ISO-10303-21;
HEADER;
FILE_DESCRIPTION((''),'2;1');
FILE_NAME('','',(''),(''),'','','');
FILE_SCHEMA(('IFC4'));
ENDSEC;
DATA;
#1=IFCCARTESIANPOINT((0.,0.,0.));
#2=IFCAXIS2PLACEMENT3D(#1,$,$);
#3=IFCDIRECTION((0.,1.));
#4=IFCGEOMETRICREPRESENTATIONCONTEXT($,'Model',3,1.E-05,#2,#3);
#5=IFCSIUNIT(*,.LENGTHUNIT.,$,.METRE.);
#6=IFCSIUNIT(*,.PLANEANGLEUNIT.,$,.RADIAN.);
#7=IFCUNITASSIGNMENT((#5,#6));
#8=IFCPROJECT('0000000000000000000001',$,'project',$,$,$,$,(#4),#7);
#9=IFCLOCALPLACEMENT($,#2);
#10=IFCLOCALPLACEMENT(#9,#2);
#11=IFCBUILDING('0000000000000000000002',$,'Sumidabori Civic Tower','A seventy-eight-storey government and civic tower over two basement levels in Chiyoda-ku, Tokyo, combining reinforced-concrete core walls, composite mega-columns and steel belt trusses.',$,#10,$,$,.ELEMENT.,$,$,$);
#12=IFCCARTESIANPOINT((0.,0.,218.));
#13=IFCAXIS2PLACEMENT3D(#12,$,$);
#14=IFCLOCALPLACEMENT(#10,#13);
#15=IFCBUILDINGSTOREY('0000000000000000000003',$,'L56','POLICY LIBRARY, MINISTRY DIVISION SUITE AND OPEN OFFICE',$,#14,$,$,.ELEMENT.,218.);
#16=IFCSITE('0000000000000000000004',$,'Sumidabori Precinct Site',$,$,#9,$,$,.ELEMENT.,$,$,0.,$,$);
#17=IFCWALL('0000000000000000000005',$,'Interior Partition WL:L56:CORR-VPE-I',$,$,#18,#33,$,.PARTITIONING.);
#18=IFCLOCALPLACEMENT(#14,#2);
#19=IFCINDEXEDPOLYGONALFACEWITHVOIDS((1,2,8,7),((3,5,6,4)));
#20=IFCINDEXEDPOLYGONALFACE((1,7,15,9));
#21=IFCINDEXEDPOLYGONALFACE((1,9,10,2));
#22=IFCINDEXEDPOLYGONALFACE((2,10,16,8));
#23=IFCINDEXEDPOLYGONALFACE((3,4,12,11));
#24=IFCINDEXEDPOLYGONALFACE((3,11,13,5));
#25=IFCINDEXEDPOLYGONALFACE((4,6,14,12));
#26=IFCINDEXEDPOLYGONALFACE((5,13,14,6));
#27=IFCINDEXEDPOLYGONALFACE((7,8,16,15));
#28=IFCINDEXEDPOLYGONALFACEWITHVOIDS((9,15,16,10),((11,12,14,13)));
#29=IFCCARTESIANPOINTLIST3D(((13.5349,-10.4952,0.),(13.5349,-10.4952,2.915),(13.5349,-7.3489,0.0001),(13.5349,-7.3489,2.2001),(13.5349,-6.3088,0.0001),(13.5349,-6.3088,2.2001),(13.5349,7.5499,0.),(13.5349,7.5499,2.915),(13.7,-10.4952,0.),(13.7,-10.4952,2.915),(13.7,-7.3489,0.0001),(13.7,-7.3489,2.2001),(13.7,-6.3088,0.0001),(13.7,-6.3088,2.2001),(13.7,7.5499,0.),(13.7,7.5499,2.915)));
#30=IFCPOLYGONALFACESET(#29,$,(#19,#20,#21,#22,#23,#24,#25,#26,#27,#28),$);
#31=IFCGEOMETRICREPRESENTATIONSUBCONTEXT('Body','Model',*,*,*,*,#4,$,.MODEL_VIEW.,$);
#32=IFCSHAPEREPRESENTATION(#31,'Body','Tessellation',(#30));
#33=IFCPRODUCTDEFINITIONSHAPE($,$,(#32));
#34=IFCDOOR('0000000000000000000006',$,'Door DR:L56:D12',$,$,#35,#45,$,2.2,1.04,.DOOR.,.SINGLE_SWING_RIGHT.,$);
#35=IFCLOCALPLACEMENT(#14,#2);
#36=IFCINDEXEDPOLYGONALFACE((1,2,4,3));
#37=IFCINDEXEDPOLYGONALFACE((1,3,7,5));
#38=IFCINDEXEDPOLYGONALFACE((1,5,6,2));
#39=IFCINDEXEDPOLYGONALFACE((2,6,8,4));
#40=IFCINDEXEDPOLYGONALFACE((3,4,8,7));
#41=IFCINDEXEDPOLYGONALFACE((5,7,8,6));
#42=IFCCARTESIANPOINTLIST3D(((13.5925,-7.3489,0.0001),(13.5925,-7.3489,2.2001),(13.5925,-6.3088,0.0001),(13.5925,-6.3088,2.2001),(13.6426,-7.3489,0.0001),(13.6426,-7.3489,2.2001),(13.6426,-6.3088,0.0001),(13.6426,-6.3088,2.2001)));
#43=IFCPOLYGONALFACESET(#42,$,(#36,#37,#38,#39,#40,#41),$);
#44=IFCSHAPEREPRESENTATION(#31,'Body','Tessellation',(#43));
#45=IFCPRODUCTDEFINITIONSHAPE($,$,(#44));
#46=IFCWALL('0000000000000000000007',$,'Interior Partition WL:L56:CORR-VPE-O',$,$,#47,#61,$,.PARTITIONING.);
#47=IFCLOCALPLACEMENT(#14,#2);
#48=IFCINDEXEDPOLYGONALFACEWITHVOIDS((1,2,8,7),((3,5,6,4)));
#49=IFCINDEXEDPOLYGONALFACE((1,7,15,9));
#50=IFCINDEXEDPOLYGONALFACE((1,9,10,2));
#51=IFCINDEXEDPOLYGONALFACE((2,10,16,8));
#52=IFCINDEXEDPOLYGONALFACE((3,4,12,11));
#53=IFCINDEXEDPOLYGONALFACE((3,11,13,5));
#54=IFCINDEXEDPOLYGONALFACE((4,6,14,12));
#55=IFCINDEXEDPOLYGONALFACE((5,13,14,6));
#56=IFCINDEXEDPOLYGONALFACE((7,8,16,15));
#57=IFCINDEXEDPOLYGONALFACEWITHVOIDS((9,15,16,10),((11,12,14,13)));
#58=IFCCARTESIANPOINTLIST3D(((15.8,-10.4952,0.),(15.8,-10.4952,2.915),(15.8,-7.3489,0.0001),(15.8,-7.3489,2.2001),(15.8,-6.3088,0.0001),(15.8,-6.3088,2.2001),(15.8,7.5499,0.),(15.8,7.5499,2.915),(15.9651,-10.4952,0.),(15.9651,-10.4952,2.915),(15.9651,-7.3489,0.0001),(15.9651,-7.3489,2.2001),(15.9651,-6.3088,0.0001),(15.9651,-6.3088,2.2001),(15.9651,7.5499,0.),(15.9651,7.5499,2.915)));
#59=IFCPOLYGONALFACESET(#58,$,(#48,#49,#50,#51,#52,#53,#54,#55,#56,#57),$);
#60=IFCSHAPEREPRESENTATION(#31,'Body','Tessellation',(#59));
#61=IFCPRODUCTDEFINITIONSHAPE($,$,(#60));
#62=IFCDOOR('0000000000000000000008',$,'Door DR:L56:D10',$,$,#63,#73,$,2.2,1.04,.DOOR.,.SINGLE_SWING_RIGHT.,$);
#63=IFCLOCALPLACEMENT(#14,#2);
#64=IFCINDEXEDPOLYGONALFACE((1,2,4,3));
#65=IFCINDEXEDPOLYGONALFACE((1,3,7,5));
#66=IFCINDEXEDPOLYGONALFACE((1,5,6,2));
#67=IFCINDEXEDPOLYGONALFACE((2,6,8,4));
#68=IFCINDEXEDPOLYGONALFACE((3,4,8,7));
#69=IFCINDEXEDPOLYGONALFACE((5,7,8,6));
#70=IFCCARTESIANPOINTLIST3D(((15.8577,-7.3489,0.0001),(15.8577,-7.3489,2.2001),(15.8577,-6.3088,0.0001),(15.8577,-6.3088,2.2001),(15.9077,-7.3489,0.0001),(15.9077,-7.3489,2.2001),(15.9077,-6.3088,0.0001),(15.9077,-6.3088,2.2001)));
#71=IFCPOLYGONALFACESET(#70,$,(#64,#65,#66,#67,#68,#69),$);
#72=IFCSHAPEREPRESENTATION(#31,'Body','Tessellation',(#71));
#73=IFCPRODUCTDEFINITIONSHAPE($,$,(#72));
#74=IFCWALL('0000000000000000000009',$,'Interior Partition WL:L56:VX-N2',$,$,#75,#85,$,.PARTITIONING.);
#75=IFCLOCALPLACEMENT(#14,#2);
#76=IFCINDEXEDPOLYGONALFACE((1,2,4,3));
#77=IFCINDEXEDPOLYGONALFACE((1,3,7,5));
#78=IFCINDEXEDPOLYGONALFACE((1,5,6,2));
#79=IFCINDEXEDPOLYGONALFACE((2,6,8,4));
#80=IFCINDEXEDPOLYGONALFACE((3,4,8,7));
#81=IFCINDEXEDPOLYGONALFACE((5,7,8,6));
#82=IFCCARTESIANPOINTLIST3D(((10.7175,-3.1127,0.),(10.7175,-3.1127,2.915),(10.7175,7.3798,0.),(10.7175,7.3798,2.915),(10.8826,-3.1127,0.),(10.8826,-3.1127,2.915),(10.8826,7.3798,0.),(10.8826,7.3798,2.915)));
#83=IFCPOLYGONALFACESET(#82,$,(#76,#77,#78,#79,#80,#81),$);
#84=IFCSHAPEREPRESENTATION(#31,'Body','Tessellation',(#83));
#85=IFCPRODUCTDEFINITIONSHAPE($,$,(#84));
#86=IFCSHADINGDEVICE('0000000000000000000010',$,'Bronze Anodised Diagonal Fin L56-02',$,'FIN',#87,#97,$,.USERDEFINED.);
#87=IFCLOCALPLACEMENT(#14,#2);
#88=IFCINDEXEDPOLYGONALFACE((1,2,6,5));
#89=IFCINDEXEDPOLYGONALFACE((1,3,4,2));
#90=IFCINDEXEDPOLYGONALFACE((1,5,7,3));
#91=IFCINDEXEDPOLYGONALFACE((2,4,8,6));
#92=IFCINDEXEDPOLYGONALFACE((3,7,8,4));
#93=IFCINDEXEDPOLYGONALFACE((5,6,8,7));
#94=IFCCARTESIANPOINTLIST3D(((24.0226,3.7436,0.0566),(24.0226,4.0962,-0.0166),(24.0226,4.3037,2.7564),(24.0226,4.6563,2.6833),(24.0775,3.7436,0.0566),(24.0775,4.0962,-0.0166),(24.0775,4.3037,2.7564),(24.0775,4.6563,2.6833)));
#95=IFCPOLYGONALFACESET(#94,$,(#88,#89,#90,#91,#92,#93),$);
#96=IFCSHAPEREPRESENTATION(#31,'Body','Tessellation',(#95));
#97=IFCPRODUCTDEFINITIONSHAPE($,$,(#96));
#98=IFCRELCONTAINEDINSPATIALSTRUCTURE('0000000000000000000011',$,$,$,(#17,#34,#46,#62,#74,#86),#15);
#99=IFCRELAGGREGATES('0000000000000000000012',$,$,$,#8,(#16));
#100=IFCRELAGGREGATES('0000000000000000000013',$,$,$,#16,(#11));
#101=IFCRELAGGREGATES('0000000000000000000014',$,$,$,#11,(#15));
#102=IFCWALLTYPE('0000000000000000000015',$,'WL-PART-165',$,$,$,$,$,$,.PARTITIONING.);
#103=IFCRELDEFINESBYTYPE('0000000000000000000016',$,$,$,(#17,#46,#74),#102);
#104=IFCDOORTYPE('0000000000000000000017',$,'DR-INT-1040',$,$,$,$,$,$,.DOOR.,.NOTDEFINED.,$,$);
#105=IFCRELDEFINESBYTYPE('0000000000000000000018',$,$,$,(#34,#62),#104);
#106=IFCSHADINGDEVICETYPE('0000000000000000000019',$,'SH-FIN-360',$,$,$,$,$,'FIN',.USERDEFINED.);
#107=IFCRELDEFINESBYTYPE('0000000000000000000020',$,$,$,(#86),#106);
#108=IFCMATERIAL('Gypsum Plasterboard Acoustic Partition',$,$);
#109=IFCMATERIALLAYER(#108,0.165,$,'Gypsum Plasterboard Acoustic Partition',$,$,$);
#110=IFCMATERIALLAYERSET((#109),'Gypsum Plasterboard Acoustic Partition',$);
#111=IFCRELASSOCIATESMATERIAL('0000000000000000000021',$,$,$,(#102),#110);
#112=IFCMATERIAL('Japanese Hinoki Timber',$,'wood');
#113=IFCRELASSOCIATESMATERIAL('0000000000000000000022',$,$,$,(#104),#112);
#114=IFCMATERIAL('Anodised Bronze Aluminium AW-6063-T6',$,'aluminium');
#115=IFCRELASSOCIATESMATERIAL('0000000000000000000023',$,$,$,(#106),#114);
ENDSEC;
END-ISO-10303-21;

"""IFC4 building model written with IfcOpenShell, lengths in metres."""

from ifc_helpers import new_model, si_unit, direction, frame, frame_2d, origin, origin_2d, place, context, subcontext, project, spatial, rectangle, extrude, source, transform, mapped, material, layer, layer_set, material_profile, profile_set, type_object, element, fill, save


model = new_model("IFC4")

# Units and contexts
model_context = context("Model", 3, precision=1e-05, world=origin(), true_north=direction((0.0, 1.0)))
body_context = subcontext(model_context, "Body", "Model", "MODEL_VIEW")
ifc_project = project(units=[si_unit("LENGTHUNIT", "METRE"), si_unit("PLANEANGLEUNIT", "RADIAN")], contexts=[model_context])

# Site, building, storey
site_placement = place(None, origin())
site = spatial("IfcSite", under=ifc_project, at=site_placement, Name="Sumidabori Precinct Site", CompositionType="ELEMENT", RefElevation=0.0)
building_placement = place(site_placement, origin())
building = spatial("IfcBuilding", under=site, at=building_placement, Name="Sumidabori Civic Tower", Description="A seventy-eight-storey government and civic tower over two basement levels in Chiyoda-ku, Tokyo, combining reinforced-concrete core walls, composite mega-columns and steel belt trusses.", CompositionType="ELEMENT")
storey_placement = place(building_placement, frame((0.0, 0.0, 218.0)))
storey = spatial("IfcBuildingStorey", under=building, at=storey_placement, Name="L56", Description="POLICY LIBRARY, MINISTRY DIVISION SUITE AND OPEN OFFICE", CompositionType="ELEMENT", Elevation=218.0)

# Shared definitions
ifc_material_1 = material(Name="Anodised Bronze Aluminium AW-6063-T6", Category="aluminium")

# Shared definitions
ifc_material_2 = material(Name="Gypsum Plasterboard Acoustic Partition")
ifc_layer_1 = layer(ifc_material_2, 0.165, Name="Gypsum Plasterboard Acoustic Partition")
ifc_layer_set_1 = layer_set([ifc_layer_1], Name="Gypsum Plasterboard Acoustic Partition")
wall_type = type_object("IfcWallType", Name="WL-PART-165", PredefinedType="PARTITIONING", material=ifc_layer_set_1)

# Walls, openings, doors
shared_shape_1 = source(origin(), body_context, "Body", "SweptSolid", [
    extrude(rectangle(XDim=18.0452, YDim=0.165, at=frame_2d((9.0225, 0.0))), origin(), (0.0, 0.0, 1.0), 2.915),
])
wall_1_placement = place(storey_placement, frame((13.6174, -10.4951, 0.0), z_axis=(0.0, 0.0, 1.0), x_axis=(0.0, 1.0, 0.0)))
wall_1 = element("IfcWall", 1, at=wall_1_placement, inside=storey, type_object=wall_type, Name="Interior Partition WL:L56:CORR-VPE-I", PredefinedType="PARTITIONING", context=body_context, shape_type="MappedRepresentation", body=[
    mapped(shared_shape_1, transform((0.0, 0.0, 0.0), x_axis=(1.0, 0.0, 0.0), y_axis=(0.0, 1.0, 0.0), z_axis=(0.0, 0.0, 1.0), scale=1.0)),
])
opening_1_placement = place(wall_1_placement, frame((3.1462, 0.0, 0.0)))
opening_1 = element("IfcOpeningElement", 2, at=opening_1_placement, cuts=wall_1, PredefinedType="OPENING", context=body_context, shape_type="SweptSolid", body=[
    extrude(rectangle(XDim=1.04, YDim=2.2, at=frame_2d((0.52, 1.1001))), frame((0.0, 0.0945, 0.0), z_axis=(0.0, -1.0, 0.0), x_axis=(1.0, 0.0, 0.0)), (0.0, 0.0, 1.0), 0.189),
])
ifc_material_3 = material(Name="Japanese Hinoki Timber", Category="wood")
door_type = type_object("IfcDoorType", Name="DR-INT-1040", OperationType="NOTDEFINED", PredefinedType="DOOR", material=ifc_material_3)
shared_shape_2 = source(origin(), body_context, "Body", "SweptSolid", [
    extrude(rectangle(XDim=1.04, YDim=2.2, at=frame_2d((0.52, 1.1001))), frame((0.0, 0.0249, 0.0), z_axis=(0.0, -1.0, 0.0), x_axis=(1.0, 0.0, 0.0)), (0.0, 0.0, 1.0), 0.05),
])
door_1_placement = place(opening_1_placement, origin())
door_1 = element("IfcDoor", 3, at=door_1_placement, inside=storey, type_object=door_type, Name="Door DR:L56:D12", OperationType="SINGLE_SWING_RIGHT", OverallHeight=2.2, OverallWidth=1.04, PredefinedType="DOOR", context=body_context, shape_type="MappedRepresentation", body=[
    mapped(shared_shape_2, transform((0.0, 0.0, 0.0), x_axis=(1.0, 0.0, 0.0), y_axis=(0.0, 1.0, 0.0), z_axis=(0.0, 0.0, 1.0), scale=1.0)),
])
fill(opening_1, door_1)
wall_2_placement = place(storey_placement, frame((15.8826, -10.4951, 0.0), z_axis=(0.0, 0.0, 1.0), x_axis=(0.0, 1.0, 0.0)))
wall_2 = element("IfcWall", 4, at=wall_2_placement, inside=storey, type_object=wall_type, Name="Interior Partition WL:L56:CORR-VPE-O", PredefinedType="PARTITIONING", context=body_context, shape_type="MappedRepresentation", body=[
    mapped(shared_shape_1, transform((0.0, 0.0, 0.0), x_axis=(1.0, 0.0, 0.0), y_axis=(0.0, 1.0, 0.0), z_axis=(0.0, 0.0, 1.0), scale=1.0)),
])
opening_2_placement = place(wall_2_placement, frame((3.1462, 0.0, 0.0)))
opening_2 = element("IfcOpeningElement", 5, at=opening_2_placement, cuts=wall_2, PredefinedType="OPENING", context=body_context, shape_type="SweptSolid", body=[
    extrude(rectangle(XDim=1.04, YDim=2.2, at=frame_2d((0.52, 1.1001))), frame((0.0, 0.0945, 0.0), z_axis=(0.0, -1.0, 0.0), x_axis=(1.0, 0.0, 0.0)), (0.0, 0.0, 1.0), 0.189),
])
door_2_placement = place(opening_2_placement, origin())
door_2 = element("IfcDoor", 6, at=door_2_placement, inside=storey, type_object=door_type, Name="Door DR:L56:D10", OperationType="SINGLE_SWING_RIGHT", OverallHeight=2.2, OverallWidth=1.04, PredefinedType="DOOR", context=body_context, shape_type="MappedRepresentation", body=[
    mapped(shared_shape_2, transform((0.0, 0.0, 0.0), x_axis=(1.0, 0.0, 0.0), y_axis=(0.0, 1.0, 0.0), z_axis=(0.0, 0.0, 1.0), scale=1.0)),
])
fill(opening_2, door_2)

# Wall
shared_shape_3 = source(origin(), body_context, "Body", "SweptSolid", [
    extrude(rectangle(XDim=10.4924, YDim=0.165, at=frame_2d((5.2461, 0.0))), origin(), (0.0, 0.0, 1.0), 2.915),
])
wall_3_placement = place(storey_placement, frame((10.8, -3.1125, 0.0), z_axis=(0.0, 0.0, 1.0), x_axis=(0.0, 1.0, 0.0)))
element("IfcWall", 7, at=wall_3_placement, inside=storey, type_object=wall_type, Name="Interior Partition WL:L56:VX-N2", PredefinedType="PARTITIONING", context=body_context, shape_type="MappedRepresentation", body=[
    mapped(shared_shape_3, transform((0.0, 0.0, 0.0), x_axis=(1.0, 0.0, 0.0), y_axis=(0.0, 1.0, 0.0), z_axis=(0.0, 0.0, 1.0), scale=1.0)),
])

# Shading device
ifc_material_profile_1 = material_profile(ifc_material_1, rectangle(XDim=0.0549, YDim=0.3601, at=origin_2d()), Name="BRONZE FIN 360x55")
ifc_profile_set_1 = profile_set([ifc_material_profile_1], Name="Anodised Bronze Aluminium AW-6063-T6")
shading_device_type = type_object("IfcShadingDeviceType", Name="SH-FIN-360", ElementType="FIN", PredefinedType="USERDEFINED", material=ifc_profile_set_1)
shared_shape_4 = source(origin(), body_context, "Body", "SweptSolid", [
    extrude(rectangle(XDim=0.0549, YDim=0.3601, at=origin_2d()), origin(), (0.0, 0.0, 1.0), 2.7573),
])
shading_device_placement = place(storey_placement, frame((24.05, 3.9199, 0.02), z_axis=(0.0, 0.203109, 0.979156), x_axis=(-1.0, 0.0, 0.0)))
element("IfcShadingDevice", 8, at=shading_device_placement, inside=storey, type_object=shading_device_type, Name="Bronze Anodised Diagonal Fin L56-02", ObjectType="FIN", PredefinedType="USERDEFINED", context=body_context, shape_type="MappedRepresentation", body=[
    mapped(shared_shape_4, transform((0.0, 0.0, 0.0), x_axis=(1.0, 0.0, 0.0), y_axis=(0.0, 1.0, 0.0), z_axis=(0.0, 0.0, 1.0), scale=1.0)),
])

save(model, "model.ifc")
